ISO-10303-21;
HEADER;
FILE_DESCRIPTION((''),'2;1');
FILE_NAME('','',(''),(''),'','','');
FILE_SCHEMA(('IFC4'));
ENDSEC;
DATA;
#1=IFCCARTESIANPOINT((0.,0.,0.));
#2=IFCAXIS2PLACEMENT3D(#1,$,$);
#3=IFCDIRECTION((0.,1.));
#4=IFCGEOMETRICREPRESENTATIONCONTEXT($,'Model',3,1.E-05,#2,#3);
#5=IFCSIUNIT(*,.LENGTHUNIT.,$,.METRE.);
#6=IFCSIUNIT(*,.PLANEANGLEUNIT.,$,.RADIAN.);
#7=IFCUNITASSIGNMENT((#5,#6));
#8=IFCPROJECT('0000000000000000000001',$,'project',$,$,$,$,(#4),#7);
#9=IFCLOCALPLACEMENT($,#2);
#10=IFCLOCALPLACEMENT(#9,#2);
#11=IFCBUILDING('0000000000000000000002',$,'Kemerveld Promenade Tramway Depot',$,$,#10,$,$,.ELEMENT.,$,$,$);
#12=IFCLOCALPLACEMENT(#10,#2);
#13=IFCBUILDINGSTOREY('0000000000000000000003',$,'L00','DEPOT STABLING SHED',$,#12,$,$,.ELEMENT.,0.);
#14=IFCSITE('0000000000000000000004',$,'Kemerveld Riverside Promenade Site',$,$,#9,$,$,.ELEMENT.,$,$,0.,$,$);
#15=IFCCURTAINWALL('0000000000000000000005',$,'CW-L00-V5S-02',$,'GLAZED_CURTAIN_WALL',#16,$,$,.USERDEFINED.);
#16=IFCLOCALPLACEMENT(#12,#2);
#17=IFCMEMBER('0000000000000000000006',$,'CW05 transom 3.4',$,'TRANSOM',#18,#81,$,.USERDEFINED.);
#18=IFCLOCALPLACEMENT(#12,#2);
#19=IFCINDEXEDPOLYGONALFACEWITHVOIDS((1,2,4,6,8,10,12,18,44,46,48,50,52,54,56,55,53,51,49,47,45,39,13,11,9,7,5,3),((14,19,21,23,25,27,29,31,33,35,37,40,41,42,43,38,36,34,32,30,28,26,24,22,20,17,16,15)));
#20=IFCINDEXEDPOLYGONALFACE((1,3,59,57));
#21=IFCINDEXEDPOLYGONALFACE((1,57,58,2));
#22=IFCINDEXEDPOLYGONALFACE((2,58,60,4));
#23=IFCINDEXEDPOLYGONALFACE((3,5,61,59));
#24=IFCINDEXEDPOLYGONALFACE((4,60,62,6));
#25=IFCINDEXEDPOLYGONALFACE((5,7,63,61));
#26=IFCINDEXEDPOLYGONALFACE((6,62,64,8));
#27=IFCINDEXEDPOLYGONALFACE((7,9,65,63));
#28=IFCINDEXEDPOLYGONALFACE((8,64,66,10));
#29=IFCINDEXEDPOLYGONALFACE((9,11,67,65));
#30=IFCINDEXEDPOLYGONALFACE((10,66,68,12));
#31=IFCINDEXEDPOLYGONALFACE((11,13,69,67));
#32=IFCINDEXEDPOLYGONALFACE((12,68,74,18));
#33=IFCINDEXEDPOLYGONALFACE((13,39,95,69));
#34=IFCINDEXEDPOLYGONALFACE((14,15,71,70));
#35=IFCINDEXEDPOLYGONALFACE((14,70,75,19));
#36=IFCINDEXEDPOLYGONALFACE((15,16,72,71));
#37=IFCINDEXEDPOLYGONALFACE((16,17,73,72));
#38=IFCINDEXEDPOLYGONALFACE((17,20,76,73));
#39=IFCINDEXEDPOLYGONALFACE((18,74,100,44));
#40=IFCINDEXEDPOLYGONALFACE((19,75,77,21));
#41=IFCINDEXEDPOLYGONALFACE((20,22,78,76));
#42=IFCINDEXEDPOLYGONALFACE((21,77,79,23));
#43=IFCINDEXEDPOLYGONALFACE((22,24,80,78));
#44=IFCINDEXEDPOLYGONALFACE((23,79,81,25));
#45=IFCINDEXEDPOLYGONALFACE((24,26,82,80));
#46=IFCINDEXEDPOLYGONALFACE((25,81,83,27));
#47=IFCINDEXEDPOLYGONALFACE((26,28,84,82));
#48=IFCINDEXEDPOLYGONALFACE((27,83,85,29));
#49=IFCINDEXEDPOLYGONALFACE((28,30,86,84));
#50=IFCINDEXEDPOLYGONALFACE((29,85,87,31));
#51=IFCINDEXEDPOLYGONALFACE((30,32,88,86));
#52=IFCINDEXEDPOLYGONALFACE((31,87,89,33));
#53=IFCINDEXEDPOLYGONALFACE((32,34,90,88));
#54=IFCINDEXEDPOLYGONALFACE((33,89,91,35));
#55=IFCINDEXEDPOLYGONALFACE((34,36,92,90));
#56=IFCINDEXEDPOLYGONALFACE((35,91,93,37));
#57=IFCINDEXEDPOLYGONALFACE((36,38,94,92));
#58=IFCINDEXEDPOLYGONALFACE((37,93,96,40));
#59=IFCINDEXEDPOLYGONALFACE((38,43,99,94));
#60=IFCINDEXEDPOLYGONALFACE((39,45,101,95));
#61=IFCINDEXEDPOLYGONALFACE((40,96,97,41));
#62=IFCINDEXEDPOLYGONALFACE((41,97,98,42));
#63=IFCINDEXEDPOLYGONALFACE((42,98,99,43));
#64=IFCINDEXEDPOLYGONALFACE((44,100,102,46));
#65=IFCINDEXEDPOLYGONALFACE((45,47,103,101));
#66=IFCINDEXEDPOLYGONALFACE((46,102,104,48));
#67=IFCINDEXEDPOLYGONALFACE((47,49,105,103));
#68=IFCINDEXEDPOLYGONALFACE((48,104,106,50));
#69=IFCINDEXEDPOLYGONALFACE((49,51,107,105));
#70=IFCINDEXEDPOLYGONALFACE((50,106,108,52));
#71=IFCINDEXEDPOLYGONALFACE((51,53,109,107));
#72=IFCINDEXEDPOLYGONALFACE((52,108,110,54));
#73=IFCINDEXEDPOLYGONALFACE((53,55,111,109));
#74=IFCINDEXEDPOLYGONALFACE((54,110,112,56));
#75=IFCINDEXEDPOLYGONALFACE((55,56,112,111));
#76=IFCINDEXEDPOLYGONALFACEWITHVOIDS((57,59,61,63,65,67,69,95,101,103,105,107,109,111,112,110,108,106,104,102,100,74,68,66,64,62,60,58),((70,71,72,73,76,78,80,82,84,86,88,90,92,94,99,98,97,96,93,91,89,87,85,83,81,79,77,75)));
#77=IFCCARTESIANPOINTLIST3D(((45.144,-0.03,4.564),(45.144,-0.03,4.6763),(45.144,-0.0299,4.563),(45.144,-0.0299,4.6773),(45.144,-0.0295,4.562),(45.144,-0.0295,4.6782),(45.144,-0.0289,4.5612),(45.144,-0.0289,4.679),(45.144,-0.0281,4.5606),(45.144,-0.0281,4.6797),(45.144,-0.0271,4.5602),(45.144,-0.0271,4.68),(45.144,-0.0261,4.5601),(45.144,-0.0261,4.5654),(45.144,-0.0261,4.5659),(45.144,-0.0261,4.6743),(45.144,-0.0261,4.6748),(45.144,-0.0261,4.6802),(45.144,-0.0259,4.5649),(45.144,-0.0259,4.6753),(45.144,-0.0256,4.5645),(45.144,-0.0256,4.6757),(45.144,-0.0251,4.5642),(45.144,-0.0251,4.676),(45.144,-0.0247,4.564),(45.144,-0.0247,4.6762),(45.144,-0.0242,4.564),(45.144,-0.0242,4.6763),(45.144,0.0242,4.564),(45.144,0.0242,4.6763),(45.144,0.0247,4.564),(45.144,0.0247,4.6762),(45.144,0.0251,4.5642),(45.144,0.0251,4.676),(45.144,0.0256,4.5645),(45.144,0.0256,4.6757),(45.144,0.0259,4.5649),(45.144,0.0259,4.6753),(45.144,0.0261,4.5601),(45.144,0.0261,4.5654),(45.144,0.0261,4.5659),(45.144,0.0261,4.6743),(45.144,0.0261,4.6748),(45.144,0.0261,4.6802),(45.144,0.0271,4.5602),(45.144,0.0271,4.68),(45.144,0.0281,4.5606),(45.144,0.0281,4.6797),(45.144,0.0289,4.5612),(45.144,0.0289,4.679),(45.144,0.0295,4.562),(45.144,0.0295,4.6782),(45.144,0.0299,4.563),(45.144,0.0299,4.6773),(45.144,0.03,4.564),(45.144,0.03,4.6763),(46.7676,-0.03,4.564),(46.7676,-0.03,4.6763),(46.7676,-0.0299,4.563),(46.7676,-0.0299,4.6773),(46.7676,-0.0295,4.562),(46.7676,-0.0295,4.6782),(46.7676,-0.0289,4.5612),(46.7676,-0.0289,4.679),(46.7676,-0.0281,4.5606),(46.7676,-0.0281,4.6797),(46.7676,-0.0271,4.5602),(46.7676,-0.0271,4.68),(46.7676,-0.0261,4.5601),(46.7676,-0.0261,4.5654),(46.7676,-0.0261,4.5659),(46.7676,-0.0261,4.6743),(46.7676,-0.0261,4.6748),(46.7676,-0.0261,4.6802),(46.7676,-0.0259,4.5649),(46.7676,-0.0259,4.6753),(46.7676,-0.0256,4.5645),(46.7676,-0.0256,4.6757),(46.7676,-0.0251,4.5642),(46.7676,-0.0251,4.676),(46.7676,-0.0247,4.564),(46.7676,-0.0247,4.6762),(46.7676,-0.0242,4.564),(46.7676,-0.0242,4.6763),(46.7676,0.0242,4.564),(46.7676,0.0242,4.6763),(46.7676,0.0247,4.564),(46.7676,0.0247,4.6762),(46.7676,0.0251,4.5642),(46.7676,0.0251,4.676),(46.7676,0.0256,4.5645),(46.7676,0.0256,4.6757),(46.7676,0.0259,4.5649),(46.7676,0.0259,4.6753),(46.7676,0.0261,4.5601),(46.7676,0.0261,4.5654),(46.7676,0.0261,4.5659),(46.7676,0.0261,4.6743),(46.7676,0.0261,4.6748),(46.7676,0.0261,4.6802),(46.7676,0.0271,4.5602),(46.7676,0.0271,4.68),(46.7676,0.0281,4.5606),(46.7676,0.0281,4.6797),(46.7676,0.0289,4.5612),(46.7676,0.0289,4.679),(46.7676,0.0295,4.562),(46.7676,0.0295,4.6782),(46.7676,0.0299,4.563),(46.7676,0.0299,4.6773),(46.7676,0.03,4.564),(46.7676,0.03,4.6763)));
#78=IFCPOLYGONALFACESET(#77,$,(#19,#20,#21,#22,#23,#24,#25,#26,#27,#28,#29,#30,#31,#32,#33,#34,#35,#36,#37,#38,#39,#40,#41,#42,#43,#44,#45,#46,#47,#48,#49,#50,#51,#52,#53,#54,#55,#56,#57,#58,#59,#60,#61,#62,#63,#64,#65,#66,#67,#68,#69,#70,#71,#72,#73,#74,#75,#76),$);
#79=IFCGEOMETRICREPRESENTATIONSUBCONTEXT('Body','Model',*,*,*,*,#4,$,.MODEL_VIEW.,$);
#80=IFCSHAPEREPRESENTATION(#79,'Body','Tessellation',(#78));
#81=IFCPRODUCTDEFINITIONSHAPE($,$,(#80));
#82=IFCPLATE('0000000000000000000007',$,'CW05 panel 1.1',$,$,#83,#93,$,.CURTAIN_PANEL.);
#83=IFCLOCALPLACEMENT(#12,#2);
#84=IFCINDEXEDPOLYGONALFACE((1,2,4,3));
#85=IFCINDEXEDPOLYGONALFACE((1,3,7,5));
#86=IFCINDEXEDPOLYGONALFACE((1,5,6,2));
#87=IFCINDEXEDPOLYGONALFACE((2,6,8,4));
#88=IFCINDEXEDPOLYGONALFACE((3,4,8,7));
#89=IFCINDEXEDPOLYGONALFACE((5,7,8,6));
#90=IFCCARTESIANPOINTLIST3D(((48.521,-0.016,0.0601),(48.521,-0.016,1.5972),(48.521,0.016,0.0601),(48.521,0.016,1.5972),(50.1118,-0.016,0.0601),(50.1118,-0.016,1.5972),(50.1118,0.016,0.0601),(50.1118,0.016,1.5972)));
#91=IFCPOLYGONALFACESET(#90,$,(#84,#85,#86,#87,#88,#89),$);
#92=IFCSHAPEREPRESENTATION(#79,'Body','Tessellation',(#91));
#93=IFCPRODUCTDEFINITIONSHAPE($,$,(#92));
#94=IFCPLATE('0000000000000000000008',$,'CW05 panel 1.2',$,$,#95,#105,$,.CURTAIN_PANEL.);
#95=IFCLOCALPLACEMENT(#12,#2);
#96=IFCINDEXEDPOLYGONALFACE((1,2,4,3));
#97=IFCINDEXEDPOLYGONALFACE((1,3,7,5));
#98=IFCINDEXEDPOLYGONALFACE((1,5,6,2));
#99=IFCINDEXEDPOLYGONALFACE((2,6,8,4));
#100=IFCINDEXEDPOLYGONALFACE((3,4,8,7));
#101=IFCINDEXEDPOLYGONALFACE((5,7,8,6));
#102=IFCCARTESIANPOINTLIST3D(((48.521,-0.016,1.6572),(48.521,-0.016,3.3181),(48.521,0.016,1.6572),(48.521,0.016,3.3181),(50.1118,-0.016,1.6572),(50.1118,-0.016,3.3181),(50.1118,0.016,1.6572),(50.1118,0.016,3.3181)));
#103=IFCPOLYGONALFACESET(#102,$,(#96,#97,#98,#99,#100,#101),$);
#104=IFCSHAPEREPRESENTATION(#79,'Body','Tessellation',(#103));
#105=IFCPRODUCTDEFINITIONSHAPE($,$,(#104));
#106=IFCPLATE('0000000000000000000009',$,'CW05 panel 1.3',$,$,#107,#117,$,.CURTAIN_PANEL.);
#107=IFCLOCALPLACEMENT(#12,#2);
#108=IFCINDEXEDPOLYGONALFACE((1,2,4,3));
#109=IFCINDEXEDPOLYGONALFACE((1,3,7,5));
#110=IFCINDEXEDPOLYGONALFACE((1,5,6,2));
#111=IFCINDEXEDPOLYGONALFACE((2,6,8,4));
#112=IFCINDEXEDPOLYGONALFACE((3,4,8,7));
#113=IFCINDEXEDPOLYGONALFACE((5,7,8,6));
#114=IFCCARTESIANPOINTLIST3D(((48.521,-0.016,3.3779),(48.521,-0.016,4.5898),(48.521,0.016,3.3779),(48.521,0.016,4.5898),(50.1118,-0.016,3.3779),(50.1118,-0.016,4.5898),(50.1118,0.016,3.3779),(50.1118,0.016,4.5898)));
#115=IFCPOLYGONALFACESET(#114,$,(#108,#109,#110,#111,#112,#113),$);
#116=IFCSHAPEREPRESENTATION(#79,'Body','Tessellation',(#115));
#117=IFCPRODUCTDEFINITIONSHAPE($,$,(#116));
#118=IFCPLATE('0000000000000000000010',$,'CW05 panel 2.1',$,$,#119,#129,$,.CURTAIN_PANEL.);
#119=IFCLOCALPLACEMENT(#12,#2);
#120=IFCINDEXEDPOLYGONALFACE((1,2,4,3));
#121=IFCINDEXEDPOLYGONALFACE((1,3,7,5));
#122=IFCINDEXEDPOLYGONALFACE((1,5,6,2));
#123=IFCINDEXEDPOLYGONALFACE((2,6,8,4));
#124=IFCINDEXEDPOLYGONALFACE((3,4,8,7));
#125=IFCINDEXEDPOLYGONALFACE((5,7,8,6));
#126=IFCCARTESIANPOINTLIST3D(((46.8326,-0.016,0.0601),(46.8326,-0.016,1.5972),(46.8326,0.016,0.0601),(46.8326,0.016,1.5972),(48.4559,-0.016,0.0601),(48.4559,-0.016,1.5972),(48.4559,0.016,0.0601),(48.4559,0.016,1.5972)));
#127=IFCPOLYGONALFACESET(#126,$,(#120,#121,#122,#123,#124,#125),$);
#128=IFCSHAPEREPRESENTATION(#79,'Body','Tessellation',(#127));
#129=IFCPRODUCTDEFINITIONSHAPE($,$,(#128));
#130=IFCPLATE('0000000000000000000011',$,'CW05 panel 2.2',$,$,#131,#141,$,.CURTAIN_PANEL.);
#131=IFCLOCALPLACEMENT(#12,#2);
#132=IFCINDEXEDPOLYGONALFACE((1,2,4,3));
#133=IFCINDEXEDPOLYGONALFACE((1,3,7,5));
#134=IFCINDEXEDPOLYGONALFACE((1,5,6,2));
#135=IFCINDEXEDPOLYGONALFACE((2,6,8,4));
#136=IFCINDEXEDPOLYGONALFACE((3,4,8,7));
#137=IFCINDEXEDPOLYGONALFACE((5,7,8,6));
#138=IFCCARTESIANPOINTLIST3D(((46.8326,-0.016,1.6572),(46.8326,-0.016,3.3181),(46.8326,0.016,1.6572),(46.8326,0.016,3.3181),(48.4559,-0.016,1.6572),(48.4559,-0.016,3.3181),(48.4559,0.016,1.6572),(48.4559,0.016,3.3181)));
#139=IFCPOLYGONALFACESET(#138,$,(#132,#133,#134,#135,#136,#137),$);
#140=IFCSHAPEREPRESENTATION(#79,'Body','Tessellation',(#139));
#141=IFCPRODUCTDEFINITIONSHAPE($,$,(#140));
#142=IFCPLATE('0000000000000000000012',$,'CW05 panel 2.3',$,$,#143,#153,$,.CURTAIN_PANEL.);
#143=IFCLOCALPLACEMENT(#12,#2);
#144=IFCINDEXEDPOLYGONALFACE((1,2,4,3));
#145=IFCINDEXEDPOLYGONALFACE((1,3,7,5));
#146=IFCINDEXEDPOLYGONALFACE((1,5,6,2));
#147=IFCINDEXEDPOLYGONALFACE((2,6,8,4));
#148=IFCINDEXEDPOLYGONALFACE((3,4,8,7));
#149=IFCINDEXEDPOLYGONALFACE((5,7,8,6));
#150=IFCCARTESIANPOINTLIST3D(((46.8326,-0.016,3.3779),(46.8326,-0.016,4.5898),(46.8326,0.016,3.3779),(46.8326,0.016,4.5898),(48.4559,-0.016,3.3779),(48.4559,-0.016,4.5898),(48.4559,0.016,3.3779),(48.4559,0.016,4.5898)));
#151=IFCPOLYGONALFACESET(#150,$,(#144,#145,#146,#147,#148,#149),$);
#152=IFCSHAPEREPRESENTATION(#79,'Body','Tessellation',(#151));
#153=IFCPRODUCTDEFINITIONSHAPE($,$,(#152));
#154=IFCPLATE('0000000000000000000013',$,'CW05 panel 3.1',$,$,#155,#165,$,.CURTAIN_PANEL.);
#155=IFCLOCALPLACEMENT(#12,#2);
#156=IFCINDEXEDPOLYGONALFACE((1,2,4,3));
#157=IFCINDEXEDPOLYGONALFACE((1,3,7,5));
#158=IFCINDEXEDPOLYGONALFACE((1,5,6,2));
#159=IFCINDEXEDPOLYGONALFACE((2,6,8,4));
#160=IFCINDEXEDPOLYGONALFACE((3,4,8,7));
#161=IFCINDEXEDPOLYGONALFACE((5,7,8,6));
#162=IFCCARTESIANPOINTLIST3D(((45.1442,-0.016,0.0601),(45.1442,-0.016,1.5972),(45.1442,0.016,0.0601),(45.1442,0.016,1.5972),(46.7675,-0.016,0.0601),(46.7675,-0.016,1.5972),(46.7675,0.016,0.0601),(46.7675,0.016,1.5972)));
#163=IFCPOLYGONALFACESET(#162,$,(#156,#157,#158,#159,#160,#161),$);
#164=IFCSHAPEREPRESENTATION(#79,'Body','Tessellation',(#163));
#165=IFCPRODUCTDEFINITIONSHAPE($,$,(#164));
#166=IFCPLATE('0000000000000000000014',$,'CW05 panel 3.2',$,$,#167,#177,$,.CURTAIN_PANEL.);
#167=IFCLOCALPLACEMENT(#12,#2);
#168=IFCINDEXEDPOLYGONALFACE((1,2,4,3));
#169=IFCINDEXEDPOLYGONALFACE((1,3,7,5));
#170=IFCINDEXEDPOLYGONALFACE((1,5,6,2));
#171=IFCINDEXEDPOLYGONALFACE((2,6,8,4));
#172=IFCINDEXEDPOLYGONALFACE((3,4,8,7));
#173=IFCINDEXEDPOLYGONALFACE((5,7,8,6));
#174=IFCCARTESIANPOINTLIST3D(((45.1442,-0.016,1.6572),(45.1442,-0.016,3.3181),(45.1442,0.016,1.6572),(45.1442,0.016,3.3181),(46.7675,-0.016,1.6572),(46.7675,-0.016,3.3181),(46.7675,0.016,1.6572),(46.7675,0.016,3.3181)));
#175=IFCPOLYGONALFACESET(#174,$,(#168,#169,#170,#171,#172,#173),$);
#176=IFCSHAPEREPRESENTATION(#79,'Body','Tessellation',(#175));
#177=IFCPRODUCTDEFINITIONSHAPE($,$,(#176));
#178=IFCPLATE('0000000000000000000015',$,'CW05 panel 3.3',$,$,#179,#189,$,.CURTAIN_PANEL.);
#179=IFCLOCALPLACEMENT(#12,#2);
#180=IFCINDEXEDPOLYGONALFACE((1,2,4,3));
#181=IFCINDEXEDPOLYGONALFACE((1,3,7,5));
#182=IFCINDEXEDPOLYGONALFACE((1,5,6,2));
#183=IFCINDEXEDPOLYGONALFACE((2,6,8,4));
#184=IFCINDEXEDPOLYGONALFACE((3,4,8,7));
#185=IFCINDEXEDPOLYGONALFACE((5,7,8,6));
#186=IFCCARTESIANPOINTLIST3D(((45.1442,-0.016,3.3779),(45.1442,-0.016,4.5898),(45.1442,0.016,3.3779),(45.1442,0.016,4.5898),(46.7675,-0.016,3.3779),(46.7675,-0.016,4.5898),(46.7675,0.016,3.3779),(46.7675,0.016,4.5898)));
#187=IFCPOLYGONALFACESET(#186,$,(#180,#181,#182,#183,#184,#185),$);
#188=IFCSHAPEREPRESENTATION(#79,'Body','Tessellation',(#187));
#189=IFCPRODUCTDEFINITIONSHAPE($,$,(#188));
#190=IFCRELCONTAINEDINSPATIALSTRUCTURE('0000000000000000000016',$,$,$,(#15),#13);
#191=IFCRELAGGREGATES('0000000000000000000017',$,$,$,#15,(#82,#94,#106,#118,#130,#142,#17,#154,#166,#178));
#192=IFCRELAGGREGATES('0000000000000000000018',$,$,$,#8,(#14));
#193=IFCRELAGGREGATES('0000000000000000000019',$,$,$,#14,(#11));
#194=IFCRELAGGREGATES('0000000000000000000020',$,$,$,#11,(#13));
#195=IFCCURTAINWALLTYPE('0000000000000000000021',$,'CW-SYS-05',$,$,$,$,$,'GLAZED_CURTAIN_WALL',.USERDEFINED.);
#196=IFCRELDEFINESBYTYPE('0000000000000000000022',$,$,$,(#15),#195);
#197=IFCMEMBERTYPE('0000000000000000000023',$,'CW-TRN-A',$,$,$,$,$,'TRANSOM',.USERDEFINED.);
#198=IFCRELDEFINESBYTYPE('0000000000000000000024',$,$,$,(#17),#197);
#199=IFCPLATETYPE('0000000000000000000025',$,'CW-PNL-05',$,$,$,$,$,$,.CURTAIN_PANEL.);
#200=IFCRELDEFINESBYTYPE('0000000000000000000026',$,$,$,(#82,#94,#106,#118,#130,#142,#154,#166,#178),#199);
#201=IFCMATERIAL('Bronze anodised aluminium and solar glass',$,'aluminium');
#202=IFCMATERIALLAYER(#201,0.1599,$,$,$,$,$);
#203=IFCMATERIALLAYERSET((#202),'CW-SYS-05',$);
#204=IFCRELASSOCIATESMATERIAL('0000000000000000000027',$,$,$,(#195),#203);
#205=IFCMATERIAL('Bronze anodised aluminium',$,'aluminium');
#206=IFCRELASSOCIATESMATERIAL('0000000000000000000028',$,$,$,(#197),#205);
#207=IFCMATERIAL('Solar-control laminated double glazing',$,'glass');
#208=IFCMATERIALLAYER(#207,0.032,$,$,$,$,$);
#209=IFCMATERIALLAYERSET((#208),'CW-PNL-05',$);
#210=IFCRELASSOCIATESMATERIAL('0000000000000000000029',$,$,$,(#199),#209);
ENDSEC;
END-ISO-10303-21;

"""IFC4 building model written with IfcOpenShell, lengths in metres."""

from ifc_helpers import new_model, si_unit, direction, frame, origin, origin_2d, place, context, subcontext, project, spatial, rectangle, hollow_rectangle, extrude, material, layer, layer_set, material_profile, profile_set, type_object, element, aggregate, save


model = new_model("IFC4")

# Units and contexts
model_context = context("Model", 3, precision=1e-05, world=origin(), true_north=direction((0.0, 1.0)))
body_context = subcontext(model_context, "Body", "Model", "MODEL_VIEW")
ifc_project = project(units=[si_unit("LENGTHUNIT", "METRE"), si_unit("PLANEANGLEUNIT", "RADIAN")], contexts=[model_context])

# Site, building, storey
site_placement = place(None, origin())
site = spatial("IfcSite", under=ifc_project, at=site_placement, Name="Kemerveld Riverside Promenade Site", CompositionType="ELEMENT", RefElevation=0.0)
building_placement = place(site_placement, origin())
building = spatial("IfcBuilding", under=site, at=building_placement, Name="Kemerveld Promenade Tramway Depot", CompositionType="ELEMENT")
storey_placement = place(building_placement, origin())
storey = spatial("IfcBuildingStorey", under=building, at=storey_placement, Name="L00", Description="DEPOT STABLING SHED", CompositionType="ELEMENT", Elevation=0.0)

# Curtain wall, member, plates
ifc_material_1 = material(Name="Bronze anodised aluminium and solar glass", Category="aluminium")
ifc_layer_1 = layer(ifc_material_1, 0.1599)
ifc_layer_set_1 = layer_set([ifc_layer_1], Name="CW-SYS-05")
curtain_wall_type = type_object("IfcCurtainWallType", Name="CW-SYS-05", ElementType="GLAZED_CURTAIN_WALL", PredefinedType="USERDEFINED", material=ifc_layer_set_1)
curtain_wall_placement = place(storey_placement, origin())
curtain_wall = element("IfcCurtainWall", 1, at=curtain_wall_placement, inside=storey, type_object=curtain_wall_type, Name="CW-L00-V5S-02", ObjectType="GLAZED_CURTAIN_WALL", PredefinedType="USERDEFINED")
ifc_material_2 = material(Name="Bronze anodised aluminium", Category="aluminium")
ifc_material_profile_1 = material_profile(ifc_material_2, hollow_rectangle(XDim=0.0601, YDim=0.1201, WallThickness=0.0039, InnerFilletRadius=0.002, OuterFilletRadius=0.0039, at=origin_2d()), Name="CW-TRN-120x60")
ifc_profile_set_1 = profile_set([ifc_material_profile_1], Name="Bronze anodised aluminium")
member_type_1 = type_object("IfcMemberType", Name="CW-TRN-A", ElementType="TRANSOM", PredefinedType="USERDEFINED", material=ifc_profile_set_1)
member_1_placement = place(storey_placement, frame((46.7676, 0.0, 4.6201), z_axis=(-1.0, 0.0, 0.0), x_axis=(0.0, -1.0, 0.0)))
member_1 = element("IfcMember", 2, at=member_1_placement, type_object=member_type_1, Name="CW05 transom 3.4", ObjectType="TRANSOM", PredefinedType="USERDEFINED", context=body_context, shape_type="SweptSolid", body=[
    extrude(hollow_rectangle(XDim=0.0601, YDim=0.1201, WallThickness=0.0039, InnerFilletRadius=0.002, OuterFilletRadius=0.0039, at=origin_2d()), origin(), (0.0, 0.0, 1.0), 1.6235),
])
ifc_material_3 = material(Name="Solar-control laminated double glazing", Category="glass")
ifc_layer_2 = layer(ifc_material_3, 0.032)
ifc_layer_set_2 = layer_set([ifc_layer_2], Name="CW-PNL-05")
plate_type = type_object("IfcPlateType", Name="CW-PNL-05", PredefinedType="CURTAIN_PANEL", material=ifc_layer_set_2)
plate_1_placement = place(storey_placement, frame((49.3164, 0.0, 0.0601), z_axis=(0.0, 0.0, 1.0), x_axis=(-1.0, 0.0, 0.0)))
plate_1 = element("IfcPlate", 3, at=plate_1_placement, type_object=plate_type, Name="CW05 panel 1.1", PredefinedType="CURTAIN_PANEL", context=body_context, shape_type="SweptSolid", body=[
    extrude(rectangle(XDim=1.5908, YDim=0.032, at=origin_2d()), origin(), (0.0, 0.0, 1.0), 1.5371),
])
plate_2_placement = place(storey_placement, frame((49.3164, 0.0, 1.6572), z_axis=(0.0, 0.0, 1.0), x_axis=(-1.0, 0.0, 0.0)))
plate_2 = element("IfcPlate", 4, at=plate_2_placement, type_object=plate_type, Name="CW05 panel 1.2", PredefinedType="CURTAIN_PANEL", context=body_context, shape_type="SweptSolid", body=[
    extrude(rectangle(XDim=1.5908, YDim=0.032, at=origin_2d()), origin(), (0.0, 0.0, 1.0), 1.6609),
])
plate_3_placement = place(storey_placement, frame((49.3164, 0.0, 3.3779), z_axis=(0.0, 0.0, 1.0), x_axis=(-1.0, 0.0, 0.0)))
plate_3 = element("IfcPlate", 5, at=plate_3_placement, type_object=plate_type, Name="CW05 panel 1.3", PredefinedType="CURTAIN_PANEL", context=body_context, shape_type="SweptSolid", body=[
    extrude(rectangle(XDim=1.5908, YDim=0.032, at=origin_2d()), origin(), (0.0, 0.0, 1.0), 1.2119),
])
plate_4_placement = place(storey_placement, frame((47.6443, 0.0, 0.0601), z_axis=(0.0, 0.0, 1.0), x_axis=(-1.0, 0.0, 0.0)))
plate_4 = element("IfcPlate", 6, at=plate_4_placement, type_object=plate_type, Name="CW05 panel 2.1", PredefinedType="CURTAIN_PANEL", context=body_context, shape_type="SweptSolid", body=[
    extrude(rectangle(XDim=1.6233, YDim=0.032, at=origin_2d()), origin(), (0.0, 0.0, 1.0), 1.5371),
])
plate_5_placement = place(storey_placement, frame((47.6443, 0.0, 1.6572), z_axis=(0.0, 0.0, 1.0), x_axis=(-1.0, 0.0, 0.0)))
plate_5 = element("IfcPlate", 7, at=plate_5_placement, type_object=plate_type, Name="CW05 panel 2.2", PredefinedType="CURTAIN_PANEL", context=body_context, shape_type="SweptSolid", body=[
    extrude(rectangle(XDim=1.6233, YDim=0.032, at=origin_2d()), origin(), (0.0, 0.0, 1.0), 1.6609),
])
plate_6_placement = place(storey_placement, frame((47.6443, 0.0, 3.3779), z_axis=(0.0, 0.0, 1.0), x_axis=(-1.0, 0.0, 0.0)))
plate_6 = element("IfcPlate", 8, at=plate_6_placement, type_object=plate_type, Name="CW05 panel 2.3", PredefinedType="CURTAIN_PANEL", context=body_context, shape_type="SweptSolid", body=[
    extrude(rectangle(XDim=1.6233, YDim=0.032, at=origin_2d()), origin(), (0.0, 0.0, 1.0), 1.2119),
])
plate_7_placement = place(storey_placement, frame((45.9558, 0.0, 0.0601), z_axis=(0.0, 0.0, 1.0), x_axis=(-1.0, 0.0, 0.0)))
plate_7 = element("IfcPlate", 9, at=plate_7_placement, type_object=plate_type, Name="CW05 panel 3.1", PredefinedType="CURTAIN_PANEL", context=body_context, shape_type="SweptSolid", body=[
    extrude(rectangle(XDim=1.6233, YDim=0.032, at=origin_2d()), origin(), (0.0, 0.0, 1.0), 1.5371),
])
plate_8_placement = place(storey_placement, frame((45.9558, 0.0, 1.6572), z_axis=(0.0, 0.0, 1.0), x_axis=(-1.0, 0.0, 0.0)))
plate_8 = element("IfcPlate", 10, at=plate_8_placement, type_object=plate_type, Name="CW05 panel 3.2", PredefinedType="CURTAIN_PANEL", context=body_context, shape_type="SweptSolid", body=[
    extrude(rectangle(XDim=1.6233, YDim=0.032, at=origin_2d()), origin(), (0.0, 0.0, 1.0), 1.6609),
])
plate_9_placement = place(storey_placement, frame((45.9558, 0.0, 3.3779), z_axis=(0.0, 0.0, 1.0), x_axis=(-1.0, 0.0, 0.0)))
plate_9 = element("IfcPlate", 11, at=plate_9_placement, type_object=plate_type, Name="CW05 panel 3.3", PredefinedType="CURTAIN_PANEL", context=body_context, shape_type="SweptSolid", body=[
    extrude(rectangle(XDim=1.6233, YDim=0.032, at=origin_2d()), origin(), (0.0, 0.0, 1.0), 1.2119),
])
aggregate(curtain_wall, [plate_1, plate_2, plate_3, plate_4, plate_5, plate_6, member_1, plate_7, plate_8, plate_9])

save(model, "model.ifc")
